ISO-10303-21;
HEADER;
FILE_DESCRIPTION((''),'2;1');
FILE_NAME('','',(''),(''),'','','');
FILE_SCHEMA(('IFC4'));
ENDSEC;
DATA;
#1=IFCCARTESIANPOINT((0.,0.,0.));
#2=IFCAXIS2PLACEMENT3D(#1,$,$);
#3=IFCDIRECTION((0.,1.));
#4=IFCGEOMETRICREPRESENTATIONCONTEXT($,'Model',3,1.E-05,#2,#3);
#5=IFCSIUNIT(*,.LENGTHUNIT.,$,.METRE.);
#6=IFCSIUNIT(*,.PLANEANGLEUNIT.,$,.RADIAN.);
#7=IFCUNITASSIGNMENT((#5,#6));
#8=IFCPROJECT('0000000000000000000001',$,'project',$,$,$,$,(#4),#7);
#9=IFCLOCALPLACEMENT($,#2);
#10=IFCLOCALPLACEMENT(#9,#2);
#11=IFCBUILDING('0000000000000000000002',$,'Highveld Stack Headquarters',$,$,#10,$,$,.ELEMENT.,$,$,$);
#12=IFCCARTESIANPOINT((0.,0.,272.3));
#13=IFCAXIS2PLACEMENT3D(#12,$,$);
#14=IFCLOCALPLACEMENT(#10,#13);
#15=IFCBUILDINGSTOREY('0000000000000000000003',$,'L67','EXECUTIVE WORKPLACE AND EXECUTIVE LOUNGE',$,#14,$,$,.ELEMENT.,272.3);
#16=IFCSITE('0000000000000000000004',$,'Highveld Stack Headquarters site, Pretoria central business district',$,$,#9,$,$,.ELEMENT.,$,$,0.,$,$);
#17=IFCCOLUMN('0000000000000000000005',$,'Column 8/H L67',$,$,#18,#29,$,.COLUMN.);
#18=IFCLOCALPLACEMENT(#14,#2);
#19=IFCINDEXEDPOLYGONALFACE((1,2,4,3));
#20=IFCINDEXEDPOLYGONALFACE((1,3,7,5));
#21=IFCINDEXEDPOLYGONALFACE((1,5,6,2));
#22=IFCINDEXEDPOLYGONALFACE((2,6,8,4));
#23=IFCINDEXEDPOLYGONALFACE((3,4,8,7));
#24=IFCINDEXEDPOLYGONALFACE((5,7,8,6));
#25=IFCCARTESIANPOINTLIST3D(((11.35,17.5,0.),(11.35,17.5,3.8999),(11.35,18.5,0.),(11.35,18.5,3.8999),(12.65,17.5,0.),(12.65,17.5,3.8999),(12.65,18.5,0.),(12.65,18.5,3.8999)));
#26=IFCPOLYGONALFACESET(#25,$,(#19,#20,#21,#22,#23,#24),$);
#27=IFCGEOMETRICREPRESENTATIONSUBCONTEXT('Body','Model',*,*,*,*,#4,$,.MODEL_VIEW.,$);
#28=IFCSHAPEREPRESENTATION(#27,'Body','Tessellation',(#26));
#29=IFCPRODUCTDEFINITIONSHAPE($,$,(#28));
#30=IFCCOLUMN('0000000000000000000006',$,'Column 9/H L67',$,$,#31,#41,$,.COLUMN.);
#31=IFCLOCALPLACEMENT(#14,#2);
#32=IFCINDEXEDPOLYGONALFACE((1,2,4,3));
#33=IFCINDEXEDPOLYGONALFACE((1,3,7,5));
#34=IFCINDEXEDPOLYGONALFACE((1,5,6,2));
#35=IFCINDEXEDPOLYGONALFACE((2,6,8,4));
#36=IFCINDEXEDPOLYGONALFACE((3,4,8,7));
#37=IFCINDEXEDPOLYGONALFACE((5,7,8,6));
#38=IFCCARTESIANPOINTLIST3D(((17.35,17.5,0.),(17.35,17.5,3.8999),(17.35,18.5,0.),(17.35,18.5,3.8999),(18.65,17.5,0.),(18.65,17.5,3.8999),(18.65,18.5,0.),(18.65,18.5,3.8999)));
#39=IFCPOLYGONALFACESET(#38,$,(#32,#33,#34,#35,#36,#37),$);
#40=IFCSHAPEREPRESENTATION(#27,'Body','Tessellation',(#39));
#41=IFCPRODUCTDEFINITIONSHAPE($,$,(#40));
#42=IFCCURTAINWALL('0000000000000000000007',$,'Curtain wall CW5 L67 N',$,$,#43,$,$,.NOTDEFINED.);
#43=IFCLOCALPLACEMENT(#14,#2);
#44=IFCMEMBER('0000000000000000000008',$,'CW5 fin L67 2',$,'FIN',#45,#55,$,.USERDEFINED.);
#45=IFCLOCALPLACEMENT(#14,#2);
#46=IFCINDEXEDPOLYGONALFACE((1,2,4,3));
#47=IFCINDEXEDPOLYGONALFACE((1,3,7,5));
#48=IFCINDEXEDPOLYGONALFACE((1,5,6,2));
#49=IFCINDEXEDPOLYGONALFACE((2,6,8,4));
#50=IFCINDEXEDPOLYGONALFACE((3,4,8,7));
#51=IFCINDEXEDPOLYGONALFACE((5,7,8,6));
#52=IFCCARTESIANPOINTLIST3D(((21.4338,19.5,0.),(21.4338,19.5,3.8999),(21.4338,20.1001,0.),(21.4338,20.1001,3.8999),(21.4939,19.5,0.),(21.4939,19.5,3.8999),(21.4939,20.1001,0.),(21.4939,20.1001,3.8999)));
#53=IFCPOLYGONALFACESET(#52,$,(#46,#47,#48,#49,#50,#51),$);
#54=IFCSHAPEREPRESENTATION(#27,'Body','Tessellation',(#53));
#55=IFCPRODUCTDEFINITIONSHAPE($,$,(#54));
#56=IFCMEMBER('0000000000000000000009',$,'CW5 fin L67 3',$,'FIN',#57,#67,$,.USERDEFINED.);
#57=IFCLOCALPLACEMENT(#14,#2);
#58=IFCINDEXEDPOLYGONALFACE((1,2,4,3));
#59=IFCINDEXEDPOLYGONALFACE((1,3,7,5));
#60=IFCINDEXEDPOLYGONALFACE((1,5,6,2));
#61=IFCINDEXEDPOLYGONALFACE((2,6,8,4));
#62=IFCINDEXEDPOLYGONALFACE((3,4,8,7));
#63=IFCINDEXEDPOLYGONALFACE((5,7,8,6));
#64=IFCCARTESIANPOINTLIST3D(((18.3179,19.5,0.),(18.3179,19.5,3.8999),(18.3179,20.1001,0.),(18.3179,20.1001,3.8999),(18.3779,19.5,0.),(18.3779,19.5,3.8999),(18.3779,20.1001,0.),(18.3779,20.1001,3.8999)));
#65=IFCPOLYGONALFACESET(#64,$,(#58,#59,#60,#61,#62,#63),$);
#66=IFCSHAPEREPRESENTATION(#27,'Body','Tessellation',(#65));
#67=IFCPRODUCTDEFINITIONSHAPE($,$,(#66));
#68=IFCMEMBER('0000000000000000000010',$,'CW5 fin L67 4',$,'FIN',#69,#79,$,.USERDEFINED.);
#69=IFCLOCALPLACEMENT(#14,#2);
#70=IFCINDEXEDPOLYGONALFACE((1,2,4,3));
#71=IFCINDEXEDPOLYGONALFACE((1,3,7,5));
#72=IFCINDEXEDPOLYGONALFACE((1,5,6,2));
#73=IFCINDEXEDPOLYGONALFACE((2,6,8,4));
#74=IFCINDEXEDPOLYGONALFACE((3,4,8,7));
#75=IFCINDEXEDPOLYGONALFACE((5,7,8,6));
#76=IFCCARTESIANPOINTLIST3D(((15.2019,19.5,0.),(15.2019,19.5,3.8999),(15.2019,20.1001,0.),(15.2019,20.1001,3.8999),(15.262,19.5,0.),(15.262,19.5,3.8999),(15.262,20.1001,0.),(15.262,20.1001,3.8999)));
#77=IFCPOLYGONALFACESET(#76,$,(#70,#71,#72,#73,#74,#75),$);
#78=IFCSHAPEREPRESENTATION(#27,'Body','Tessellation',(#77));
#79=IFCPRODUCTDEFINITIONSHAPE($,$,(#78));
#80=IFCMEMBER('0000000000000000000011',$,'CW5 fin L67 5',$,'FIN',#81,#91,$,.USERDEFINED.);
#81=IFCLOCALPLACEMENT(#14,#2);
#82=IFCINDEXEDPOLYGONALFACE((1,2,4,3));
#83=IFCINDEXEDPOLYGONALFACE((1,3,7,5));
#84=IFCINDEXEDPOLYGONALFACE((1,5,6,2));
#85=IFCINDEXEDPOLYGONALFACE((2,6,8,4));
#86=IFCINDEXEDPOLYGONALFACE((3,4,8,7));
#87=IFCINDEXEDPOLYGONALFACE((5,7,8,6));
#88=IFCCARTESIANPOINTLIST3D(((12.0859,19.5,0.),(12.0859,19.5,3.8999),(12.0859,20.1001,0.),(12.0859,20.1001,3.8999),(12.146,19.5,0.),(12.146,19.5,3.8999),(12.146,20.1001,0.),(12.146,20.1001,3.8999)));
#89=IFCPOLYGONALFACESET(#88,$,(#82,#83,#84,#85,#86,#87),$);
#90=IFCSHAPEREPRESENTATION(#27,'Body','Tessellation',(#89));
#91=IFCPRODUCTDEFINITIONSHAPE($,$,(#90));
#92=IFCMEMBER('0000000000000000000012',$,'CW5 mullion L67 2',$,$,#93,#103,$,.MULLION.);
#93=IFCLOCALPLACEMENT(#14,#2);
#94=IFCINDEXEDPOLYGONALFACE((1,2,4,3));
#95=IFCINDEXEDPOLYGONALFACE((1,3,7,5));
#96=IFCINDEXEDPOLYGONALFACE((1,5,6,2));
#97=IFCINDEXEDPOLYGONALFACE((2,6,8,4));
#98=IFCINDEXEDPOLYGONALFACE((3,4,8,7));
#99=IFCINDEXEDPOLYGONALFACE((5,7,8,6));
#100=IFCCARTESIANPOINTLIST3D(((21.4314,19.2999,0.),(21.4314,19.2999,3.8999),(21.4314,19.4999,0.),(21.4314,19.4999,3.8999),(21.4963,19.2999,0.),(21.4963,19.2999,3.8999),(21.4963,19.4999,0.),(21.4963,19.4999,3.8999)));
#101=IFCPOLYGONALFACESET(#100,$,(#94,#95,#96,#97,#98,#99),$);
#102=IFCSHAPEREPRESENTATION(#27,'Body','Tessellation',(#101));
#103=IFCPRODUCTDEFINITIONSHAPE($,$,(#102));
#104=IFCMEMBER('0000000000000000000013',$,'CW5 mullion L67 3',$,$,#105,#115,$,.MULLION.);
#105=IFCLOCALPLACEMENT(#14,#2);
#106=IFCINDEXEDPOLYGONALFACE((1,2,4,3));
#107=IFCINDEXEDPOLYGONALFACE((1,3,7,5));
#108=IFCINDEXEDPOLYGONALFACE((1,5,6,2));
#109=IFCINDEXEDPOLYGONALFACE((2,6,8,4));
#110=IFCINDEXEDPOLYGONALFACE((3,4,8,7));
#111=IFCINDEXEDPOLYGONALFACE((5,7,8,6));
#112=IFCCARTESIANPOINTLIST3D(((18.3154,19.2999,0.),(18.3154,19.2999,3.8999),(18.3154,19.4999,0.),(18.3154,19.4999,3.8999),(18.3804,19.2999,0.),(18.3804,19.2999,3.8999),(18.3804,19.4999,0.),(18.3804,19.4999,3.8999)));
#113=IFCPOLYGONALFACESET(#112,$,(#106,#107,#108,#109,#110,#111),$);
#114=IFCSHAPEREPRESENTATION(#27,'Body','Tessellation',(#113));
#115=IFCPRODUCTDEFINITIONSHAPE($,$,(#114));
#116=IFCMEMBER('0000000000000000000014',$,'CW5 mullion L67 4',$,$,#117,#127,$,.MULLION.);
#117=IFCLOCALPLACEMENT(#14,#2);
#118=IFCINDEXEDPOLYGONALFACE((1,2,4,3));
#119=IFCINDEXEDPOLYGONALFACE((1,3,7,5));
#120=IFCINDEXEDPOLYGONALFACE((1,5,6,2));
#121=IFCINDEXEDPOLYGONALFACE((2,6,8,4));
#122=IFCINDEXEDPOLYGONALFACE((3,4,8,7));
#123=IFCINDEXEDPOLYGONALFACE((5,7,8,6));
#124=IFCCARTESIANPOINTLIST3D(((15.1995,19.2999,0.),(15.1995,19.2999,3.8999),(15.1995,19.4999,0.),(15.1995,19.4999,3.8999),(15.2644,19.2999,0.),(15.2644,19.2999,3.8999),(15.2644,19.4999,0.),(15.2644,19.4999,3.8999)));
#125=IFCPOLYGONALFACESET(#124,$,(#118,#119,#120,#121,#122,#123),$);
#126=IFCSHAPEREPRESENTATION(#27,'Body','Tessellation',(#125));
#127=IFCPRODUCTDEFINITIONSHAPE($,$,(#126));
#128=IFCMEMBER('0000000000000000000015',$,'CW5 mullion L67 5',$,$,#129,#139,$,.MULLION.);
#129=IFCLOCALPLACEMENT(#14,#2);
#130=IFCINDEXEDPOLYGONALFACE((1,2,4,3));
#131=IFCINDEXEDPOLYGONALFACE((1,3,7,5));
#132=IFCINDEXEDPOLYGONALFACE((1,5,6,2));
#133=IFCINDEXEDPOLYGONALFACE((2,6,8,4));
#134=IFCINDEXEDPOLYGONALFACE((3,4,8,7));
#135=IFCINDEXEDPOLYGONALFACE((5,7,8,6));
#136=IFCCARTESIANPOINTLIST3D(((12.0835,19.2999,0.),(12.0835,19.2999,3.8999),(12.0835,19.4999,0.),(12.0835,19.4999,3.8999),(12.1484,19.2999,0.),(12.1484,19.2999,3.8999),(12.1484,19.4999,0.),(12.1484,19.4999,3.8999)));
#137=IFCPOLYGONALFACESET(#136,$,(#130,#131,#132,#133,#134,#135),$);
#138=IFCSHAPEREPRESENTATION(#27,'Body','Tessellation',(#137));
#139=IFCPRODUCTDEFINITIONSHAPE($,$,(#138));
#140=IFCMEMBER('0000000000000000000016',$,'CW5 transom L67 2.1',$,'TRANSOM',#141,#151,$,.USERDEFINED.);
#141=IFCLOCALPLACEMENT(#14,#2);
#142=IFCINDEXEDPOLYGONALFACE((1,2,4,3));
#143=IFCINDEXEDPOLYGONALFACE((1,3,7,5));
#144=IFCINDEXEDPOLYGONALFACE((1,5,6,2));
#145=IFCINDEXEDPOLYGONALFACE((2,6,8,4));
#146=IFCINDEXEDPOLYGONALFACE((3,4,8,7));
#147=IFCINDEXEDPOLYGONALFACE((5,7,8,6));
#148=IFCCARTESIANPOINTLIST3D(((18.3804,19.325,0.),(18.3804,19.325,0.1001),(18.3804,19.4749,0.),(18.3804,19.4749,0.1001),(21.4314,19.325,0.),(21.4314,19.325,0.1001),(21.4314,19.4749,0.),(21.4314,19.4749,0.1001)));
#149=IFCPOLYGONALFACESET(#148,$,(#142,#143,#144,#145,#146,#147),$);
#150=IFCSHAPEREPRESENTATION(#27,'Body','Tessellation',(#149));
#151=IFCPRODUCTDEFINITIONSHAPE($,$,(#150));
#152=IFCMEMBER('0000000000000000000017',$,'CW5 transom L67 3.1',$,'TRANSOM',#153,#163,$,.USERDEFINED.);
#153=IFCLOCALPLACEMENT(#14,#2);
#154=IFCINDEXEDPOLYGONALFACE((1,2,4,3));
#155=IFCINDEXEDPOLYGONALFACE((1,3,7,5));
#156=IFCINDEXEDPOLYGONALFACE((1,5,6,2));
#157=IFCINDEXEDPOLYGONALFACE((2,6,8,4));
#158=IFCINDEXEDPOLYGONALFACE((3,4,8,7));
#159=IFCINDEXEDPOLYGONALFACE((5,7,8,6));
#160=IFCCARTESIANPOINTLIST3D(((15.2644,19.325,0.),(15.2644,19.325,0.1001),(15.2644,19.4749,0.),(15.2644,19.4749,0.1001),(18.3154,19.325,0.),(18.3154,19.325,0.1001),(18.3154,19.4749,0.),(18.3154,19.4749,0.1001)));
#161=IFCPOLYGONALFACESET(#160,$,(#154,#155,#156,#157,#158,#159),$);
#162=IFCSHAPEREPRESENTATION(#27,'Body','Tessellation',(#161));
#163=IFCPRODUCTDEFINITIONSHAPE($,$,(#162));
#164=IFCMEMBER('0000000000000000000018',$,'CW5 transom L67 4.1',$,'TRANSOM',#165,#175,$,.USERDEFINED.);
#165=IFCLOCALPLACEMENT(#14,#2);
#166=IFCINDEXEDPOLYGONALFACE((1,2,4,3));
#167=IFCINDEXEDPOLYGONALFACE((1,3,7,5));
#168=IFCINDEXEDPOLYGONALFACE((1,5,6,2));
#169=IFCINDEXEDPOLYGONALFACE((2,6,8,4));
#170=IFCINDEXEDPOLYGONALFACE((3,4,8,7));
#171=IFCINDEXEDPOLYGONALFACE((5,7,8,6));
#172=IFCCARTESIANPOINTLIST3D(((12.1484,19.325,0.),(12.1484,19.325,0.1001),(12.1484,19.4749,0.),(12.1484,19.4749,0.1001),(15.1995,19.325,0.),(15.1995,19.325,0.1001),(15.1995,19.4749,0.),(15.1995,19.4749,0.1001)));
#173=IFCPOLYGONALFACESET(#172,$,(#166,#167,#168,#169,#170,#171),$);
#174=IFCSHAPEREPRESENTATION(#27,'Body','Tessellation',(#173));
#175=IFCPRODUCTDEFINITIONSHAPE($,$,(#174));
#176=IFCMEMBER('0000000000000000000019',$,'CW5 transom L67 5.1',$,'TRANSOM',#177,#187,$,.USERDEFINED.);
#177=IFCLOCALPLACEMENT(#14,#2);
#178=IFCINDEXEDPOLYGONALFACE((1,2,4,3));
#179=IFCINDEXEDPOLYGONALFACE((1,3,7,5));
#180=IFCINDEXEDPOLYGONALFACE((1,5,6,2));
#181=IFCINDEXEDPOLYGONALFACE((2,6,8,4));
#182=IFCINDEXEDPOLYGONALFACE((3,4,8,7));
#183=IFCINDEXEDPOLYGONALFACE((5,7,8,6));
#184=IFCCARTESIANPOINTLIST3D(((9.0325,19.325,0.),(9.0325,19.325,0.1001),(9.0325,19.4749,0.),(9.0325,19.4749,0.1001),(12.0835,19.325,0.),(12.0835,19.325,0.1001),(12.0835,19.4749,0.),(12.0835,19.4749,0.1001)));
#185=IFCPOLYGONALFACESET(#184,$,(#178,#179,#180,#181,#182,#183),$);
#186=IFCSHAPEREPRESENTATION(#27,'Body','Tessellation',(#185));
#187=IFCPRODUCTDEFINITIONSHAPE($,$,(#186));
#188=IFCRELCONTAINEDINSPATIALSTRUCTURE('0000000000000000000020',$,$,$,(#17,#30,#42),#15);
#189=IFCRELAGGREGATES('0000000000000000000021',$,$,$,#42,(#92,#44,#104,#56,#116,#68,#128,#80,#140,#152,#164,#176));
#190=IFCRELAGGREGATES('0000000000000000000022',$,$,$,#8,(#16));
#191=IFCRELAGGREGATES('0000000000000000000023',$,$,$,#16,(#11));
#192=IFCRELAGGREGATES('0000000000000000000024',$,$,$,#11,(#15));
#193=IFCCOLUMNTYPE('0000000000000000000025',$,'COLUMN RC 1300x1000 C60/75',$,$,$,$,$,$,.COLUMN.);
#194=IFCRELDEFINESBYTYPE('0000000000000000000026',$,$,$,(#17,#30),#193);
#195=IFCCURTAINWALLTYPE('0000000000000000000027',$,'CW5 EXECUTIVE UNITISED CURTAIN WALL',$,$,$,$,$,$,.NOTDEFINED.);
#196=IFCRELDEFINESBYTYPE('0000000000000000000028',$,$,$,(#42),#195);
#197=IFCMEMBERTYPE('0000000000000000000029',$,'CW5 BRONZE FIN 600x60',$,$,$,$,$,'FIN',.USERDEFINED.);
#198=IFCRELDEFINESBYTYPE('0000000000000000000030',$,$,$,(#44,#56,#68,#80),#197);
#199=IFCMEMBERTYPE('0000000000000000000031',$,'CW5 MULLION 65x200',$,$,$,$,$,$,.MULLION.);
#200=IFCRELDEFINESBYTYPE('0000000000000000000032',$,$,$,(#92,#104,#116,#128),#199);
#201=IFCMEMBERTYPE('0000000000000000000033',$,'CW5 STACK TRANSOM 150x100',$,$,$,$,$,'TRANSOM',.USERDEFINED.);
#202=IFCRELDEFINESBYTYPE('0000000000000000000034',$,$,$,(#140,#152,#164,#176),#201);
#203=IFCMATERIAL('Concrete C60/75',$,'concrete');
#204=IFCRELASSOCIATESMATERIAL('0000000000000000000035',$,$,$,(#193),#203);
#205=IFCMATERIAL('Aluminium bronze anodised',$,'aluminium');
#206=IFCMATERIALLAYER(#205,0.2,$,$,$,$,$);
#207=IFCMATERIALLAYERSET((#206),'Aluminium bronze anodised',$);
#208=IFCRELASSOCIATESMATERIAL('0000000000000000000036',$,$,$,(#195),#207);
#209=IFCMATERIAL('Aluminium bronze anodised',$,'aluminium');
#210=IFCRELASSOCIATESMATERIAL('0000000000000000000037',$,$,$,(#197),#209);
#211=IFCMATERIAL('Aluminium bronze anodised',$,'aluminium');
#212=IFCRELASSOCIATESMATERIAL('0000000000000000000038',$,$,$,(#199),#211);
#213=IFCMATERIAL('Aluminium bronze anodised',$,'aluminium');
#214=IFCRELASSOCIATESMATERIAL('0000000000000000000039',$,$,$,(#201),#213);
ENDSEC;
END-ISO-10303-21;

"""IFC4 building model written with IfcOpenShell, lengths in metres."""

from ifc_helpers import new_model, si_unit, direction, frame, origin, origin_2d, place, context, subcontext, project, spatial, rectangle, extrude, material, layer, layer_set, material_profile, profile_set, type_object, element, aggregate, save


model = new_model("IFC4")

# Units and contexts
model_context = context("Model", 3, precision=1e-05, world=origin(), true_north=direction((0.0, 1.0)))
body_context = subcontext(model_context, "Body", "Model", "MODEL_VIEW")
ifc_project = project(units=[si_unit("LENGTHUNIT", "METRE"), si_unit("PLANEANGLEUNIT", "RADIAN")], contexts=[model_context])

# Site, building, storey
site_placement = place(None, origin())
site = spatial("IfcSite", under=ifc_project, at=site_placement, Name="Highveld Stack Headquarters site, Pretoria central business district", CompositionType="ELEMENT", RefElevation=0.0)
building_placement = place(site_placement, origin())
building = spatial("IfcBuilding", under=site, at=building_placement, Name="Highveld Stack Headquarters", CompositionType="ELEMENT")
storey_placement = place(building_placement, frame((0.0, 0.0, 272.3)))
storey = spatial("IfcBuildingStorey", under=building, at=storey_placement, Name="L67", Description="EXECUTIVE WORKPLACE AND EXECUTIVE LOUNGE", CompositionType="ELEMENT", Elevation=272.3)

# Columns
ifc_material_1 = material(Name="Concrete C60/75", Category="concrete")
ifc_material_profile_1 = material_profile(ifc_material_1, rectangle(XDim=1.3, YDim=1.0, at=origin_2d()), Name="RC 1300x1000")
ifc_profile_set_1 = profile_set([ifc_material_profile_1], Name="Concrete C60/75")
column_type = type_object("IfcColumnType", Name="COLUMN RC 1300x1000 C60/75", PredefinedType="COLUMN", material=ifc_profile_set_1)
for number, where, z_axis, x_axis, name in (
    (1, (12.0, 18.0, 0.0), (0.0, 0.0, 1.0), (1.0, 0.0, 0.0), "Column 8/H L67"),
    (2, (18.0, 18.0, 0.0), (0.0, 0.0, 1.0), (1.0, 0.0, 0.0), "Column 9/H L67"),
):
    element("IfcColumn", number, at=place(storey_placement, frame(where, z_axis=z_axis, x_axis=x_axis)), inside=storey, type_object=column_type, Name=name, PredefinedType="COLUMN", context=body_context, shape_type="SweptSolid", body=[
        extrude(rectangle(XDim=1.3, YDim=1.0, at=origin_2d()), origin(), (0.0, 0.0, 1.0), 3.8999),
    ])

# Curtain wall, members
ifc_material_2 = material(Name="Aluminium bronze anodised", Category="aluminium")
ifc_layer_1 = layer(ifc_material_2, 0.2)
ifc_layer_set_1 = layer_set([ifc_layer_1], Name="Aluminium bronze anodised")
curtain_wall_type = type_object("IfcCurtainWallType", Name="CW5 EXECUTIVE UNITISED CURTAIN WALL", PredefinedType="NOTDEFINED", material=ifc_layer_set_1)
curtain_wall_placement = place(storey_placement, origin())
curtain_wall = element("IfcCurtainWall", 3, at=curtain_wall_placement, inside=storey, type_object=curtain_wall_type, Name="Curtain wall CW5 L67 N", PredefinedType="NOTDEFINED")
ifc_material_3 = material(Name="Aluminium bronze anodised", Category="aluminium")
ifc_material_profile_2 = material_profile(ifc_material_3, rectangle(XDim=0.6001, YDim=0.0601, at=origin_2d()), Name="FIN 600x60")
ifc_profile_set_2 = profile_set([ifc_material_profile_2], Name="Aluminium bronze anodised")
member_type_1 = type_object("IfcMemberType", Name="CW5 BRONZE FIN 600x60", ElementType="FIN", PredefinedType="USERDEFINED", material=ifc_profile_set_2)
member_1_placement = place(storey_placement, frame((21.4639, 19.8, 0.0), z_axis=(0.0, 0.0, 1.0), x_axis=(0.0, -1.0, 0.0)))
member_1 = element("IfcMember", 4, at=member_1_placement, type_object=member_type_1, Name="CW5 fin L67 2", ObjectType="FIN", PredefinedType="USERDEFINED", context=body_context, shape_type="SweptSolid", body=[
    extrude(rectangle(XDim=0.6001, YDim=0.0601, at=origin_2d()), origin(), (0.0, 0.0, 1.0), 3.8999),
])
member_2_placement = place(storey_placement, frame((18.3479, 19.8, 0.0), z_axis=(0.0, 0.0, 1.0), x_axis=(0.0, -1.0, 0.0)))
member_2 = element("IfcMember", 5, at=member_2_placement, type_object=member_type_1, Name="CW5 fin L67 3", ObjectType="FIN", PredefinedType="USERDEFINED", context=body_context, shape_type="SweptSolid", body=[
    extrude(rectangle(XDim=0.6001, YDim=0.0601, at=origin_2d()), origin(), (0.0, 0.0, 1.0), 3.8999),
])
member_3_placement = place(storey_placement, frame((15.2319, 19.8, 0.0), z_axis=(0.0, 0.0, 1.0), x_axis=(0.0, -1.0, 0.0)))
member_3 = element("IfcMember", 6, at=member_3_placement, type_object=member_type_1, Name="CW5 fin L67 4", ObjectType="FIN", PredefinedType="USERDEFINED", context=body_context, shape_type="SweptSolid", body=[
    extrude(rectangle(XDim=0.6001, YDim=0.0601, at=origin_2d()), origin(), (0.0, 0.0, 1.0), 3.8999),
])
member_4_placement = place(storey_placement, frame((12.116, 19.8, 0.0), z_axis=(0.0, 0.0, 1.0), x_axis=(0.0, -1.0, 0.0)))
member_4 = element("IfcMember", 7, at=member_4_placement, type_object=member_type_1, Name="CW5 fin L67 5", ObjectType="FIN", PredefinedType="USERDEFINED", context=body_context, shape_type="SweptSolid", body=[
    extrude(rectangle(XDim=0.6001, YDim=0.0601, at=origin_2d()), origin(), (0.0, 0.0, 1.0), 3.8999),
])
ifc_material_4 = material(Name="Aluminium bronze anodised", Category="aluminium")
ifc_material_profile_3 = material_profile(ifc_material_4, rectangle(XDim=0.2, YDim=0.0649, at=origin_2d()), Name="CW5 MULLION 65x200")
ifc_profile_set_3 = profile_set([ifc_material_profile_3], Name="Aluminium bronze anodised")
member_type_2 = type_object("IfcMemberType", Name="CW5 MULLION 65x200", PredefinedType="MULLION", material=ifc_profile_set_3)
member_5_placement = place(storey_placement, frame((21.4639, 19.3999, 0.0), z_axis=(0.0, 0.0, 1.0), x_axis=(0.0, -1.0, 0.0)))
member_5 = element("IfcMember", 8, at=member_5_placement, type_object=member_type_2, Name="CW5 mullion L67 2", PredefinedType="MULLION", context=body_context, shape_type="SweptSolid", body=[
    extrude(rectangle(XDim=0.2, YDim=0.0649, at=origin_2d()), origin(), (0.0, 0.0, 1.0), 3.8999),
])
member_6_placement = place(storey_placement, frame((18.3479, 19.3999, 0.0), z_axis=(0.0, 0.0, 1.0), x_axis=(0.0, -1.0, 0.0)))
member_6 = element("IfcMember", 9, at=member_6_placement, type_object=member_type_2, Name="CW5 mullion L67 3", PredefinedType="MULLION", context=body_context, shape_type="SweptSolid", body=[
    extrude(rectangle(XDim=0.2, YDim=0.0649, at=origin_2d()), origin(), (0.0, 0.0, 1.0), 3.8999),
])
member_7_placement = place(storey_placement, frame((15.2319, 19.3999, 0.0), z_axis=(0.0, 0.0, 1.0), x_axis=(0.0, -1.0, 0.0)))
member_7 = element("IfcMember", 10, at=member_7_placement, type_object=member_type_2, Name="CW5 mullion L67 4", PredefinedType="MULLION", context=body_context, shape_type="SweptSolid", body=[
    extrude(rectangle(XDim=0.2, YDim=0.0649, at=origin_2d()), origin(), (0.0, 0.0, 1.0), 3.8999),
])
member_8_placement = place(storey_placement, frame((12.116, 19.3999, 0.0), z_axis=(0.0, 0.0, 1.0), x_axis=(0.0, -1.0, 0.0)))
member_8 = element("IfcMember", 11, at=member_8_placement, type_object=member_type_2, Name="CW5 mullion L67 5", PredefinedType="MULLION", context=body_context, shape_type="SweptSolid", body=[
    extrude(rectangle(XDim=0.2, YDim=0.0649, at=origin_2d()), origin(), (0.0, 0.0, 1.0), 3.8999),
])
ifc_material_5 = material(Name="Aluminium bronze anodised", Category="aluminium")
ifc_material_profile_4 = material_profile(ifc_material_5, rectangle(XDim=0.1499, YDim=0.1001, at=origin_2d()), Name="CW5 TRANSOM 150x100")
ifc_profile_set_4 = profile_set([ifc_material_profile_4], Name="Aluminium bronze anodised")
member_type_3 = type_object("IfcMemberType", Name="CW5 STACK TRANSOM 150x100", ElementType="TRANSOM", PredefinedType="USERDEFINED", material=ifc_profile_set_4)
member_9_placement = place(storey_placement, frame((21.4314, 19.3999, 0.05), z_axis=(-1.0, 0.0, 0.0), x_axis=(0.0, -1.0, 0.0)))
member_9 = element("IfcMember", 12, at=member_9_placement, type_object=member_type_3, Name="CW5 transom L67 2.1", ObjectType="TRANSOM", PredefinedType="USERDEFINED", context=body_context, shape_type="SweptSolid", body=[
    extrude(rectangle(XDim=0.1499, YDim=0.1001, at=origin_2d()), origin(), (0.0, 0.0, 1.0), 3.051),
])
member_10_placement = place(storey_placement, frame((18.3154, 19.3999, 0.05), z_axis=(-1.0, 0.0, 0.0), x_axis=(0.0, -1.0, 0.0)))
member_10 = element("IfcMember", 13, at=member_10_placement, type_object=member_type_3, Name="CW5 transom L67 3.1", ObjectType="TRANSOM", PredefinedType="USERDEFINED", context=body_context, shape_type="SweptSolid", body=[
    extrude(rectangle(XDim=0.1499, YDim=0.1001, at=origin_2d()), origin(), (0.0, 0.0, 1.0), 3.051),
])
member_11_placement = place(storey_placement, frame((15.1995, 19.3999, 0.05), z_axis=(-1.0, 0.0, 0.0), x_axis=(0.0, -1.0, 0.0)))
member_11 = element("IfcMember", 14, at=member_11_placement, type_object=member_type_3, Name="CW5 transom L67 4.1", ObjectType="TRANSOM", PredefinedType="USERDEFINED", context=body_context, shape_type="SweptSolid", body=[
    extrude(rectangle(XDim=0.1499, YDim=0.1001, at=origin_2d()), origin(), (0.0, 0.0, 1.0), 3.051),
])
member_12_placement = place(storey_placement, frame((12.0835, 19.3999, 0.05), z_axis=(-1.0, 0.0, 0.0), x_axis=(0.0, -1.0, 0.0)))
member_12 = element("IfcMember", 15, at=member_12_placement, type_object=member_type_3, Name="CW5 transom L67 5.1", ObjectType="TRANSOM", PredefinedType="USERDEFINED", context=body_context, shape_type="SweptSolid", body=[
    extrude(rectangle(XDim=0.1499, YDim=0.1001, at=origin_2d()), origin(), (0.0, 0.0, 1.0), 3.051),
])
aggregate(curtain_wall, [member_5, member_1, member_6, member_2, member_7, member_3, member_8, member_4, member_9, member_10, member_11, member_12])

save(model, "model.ifc")
